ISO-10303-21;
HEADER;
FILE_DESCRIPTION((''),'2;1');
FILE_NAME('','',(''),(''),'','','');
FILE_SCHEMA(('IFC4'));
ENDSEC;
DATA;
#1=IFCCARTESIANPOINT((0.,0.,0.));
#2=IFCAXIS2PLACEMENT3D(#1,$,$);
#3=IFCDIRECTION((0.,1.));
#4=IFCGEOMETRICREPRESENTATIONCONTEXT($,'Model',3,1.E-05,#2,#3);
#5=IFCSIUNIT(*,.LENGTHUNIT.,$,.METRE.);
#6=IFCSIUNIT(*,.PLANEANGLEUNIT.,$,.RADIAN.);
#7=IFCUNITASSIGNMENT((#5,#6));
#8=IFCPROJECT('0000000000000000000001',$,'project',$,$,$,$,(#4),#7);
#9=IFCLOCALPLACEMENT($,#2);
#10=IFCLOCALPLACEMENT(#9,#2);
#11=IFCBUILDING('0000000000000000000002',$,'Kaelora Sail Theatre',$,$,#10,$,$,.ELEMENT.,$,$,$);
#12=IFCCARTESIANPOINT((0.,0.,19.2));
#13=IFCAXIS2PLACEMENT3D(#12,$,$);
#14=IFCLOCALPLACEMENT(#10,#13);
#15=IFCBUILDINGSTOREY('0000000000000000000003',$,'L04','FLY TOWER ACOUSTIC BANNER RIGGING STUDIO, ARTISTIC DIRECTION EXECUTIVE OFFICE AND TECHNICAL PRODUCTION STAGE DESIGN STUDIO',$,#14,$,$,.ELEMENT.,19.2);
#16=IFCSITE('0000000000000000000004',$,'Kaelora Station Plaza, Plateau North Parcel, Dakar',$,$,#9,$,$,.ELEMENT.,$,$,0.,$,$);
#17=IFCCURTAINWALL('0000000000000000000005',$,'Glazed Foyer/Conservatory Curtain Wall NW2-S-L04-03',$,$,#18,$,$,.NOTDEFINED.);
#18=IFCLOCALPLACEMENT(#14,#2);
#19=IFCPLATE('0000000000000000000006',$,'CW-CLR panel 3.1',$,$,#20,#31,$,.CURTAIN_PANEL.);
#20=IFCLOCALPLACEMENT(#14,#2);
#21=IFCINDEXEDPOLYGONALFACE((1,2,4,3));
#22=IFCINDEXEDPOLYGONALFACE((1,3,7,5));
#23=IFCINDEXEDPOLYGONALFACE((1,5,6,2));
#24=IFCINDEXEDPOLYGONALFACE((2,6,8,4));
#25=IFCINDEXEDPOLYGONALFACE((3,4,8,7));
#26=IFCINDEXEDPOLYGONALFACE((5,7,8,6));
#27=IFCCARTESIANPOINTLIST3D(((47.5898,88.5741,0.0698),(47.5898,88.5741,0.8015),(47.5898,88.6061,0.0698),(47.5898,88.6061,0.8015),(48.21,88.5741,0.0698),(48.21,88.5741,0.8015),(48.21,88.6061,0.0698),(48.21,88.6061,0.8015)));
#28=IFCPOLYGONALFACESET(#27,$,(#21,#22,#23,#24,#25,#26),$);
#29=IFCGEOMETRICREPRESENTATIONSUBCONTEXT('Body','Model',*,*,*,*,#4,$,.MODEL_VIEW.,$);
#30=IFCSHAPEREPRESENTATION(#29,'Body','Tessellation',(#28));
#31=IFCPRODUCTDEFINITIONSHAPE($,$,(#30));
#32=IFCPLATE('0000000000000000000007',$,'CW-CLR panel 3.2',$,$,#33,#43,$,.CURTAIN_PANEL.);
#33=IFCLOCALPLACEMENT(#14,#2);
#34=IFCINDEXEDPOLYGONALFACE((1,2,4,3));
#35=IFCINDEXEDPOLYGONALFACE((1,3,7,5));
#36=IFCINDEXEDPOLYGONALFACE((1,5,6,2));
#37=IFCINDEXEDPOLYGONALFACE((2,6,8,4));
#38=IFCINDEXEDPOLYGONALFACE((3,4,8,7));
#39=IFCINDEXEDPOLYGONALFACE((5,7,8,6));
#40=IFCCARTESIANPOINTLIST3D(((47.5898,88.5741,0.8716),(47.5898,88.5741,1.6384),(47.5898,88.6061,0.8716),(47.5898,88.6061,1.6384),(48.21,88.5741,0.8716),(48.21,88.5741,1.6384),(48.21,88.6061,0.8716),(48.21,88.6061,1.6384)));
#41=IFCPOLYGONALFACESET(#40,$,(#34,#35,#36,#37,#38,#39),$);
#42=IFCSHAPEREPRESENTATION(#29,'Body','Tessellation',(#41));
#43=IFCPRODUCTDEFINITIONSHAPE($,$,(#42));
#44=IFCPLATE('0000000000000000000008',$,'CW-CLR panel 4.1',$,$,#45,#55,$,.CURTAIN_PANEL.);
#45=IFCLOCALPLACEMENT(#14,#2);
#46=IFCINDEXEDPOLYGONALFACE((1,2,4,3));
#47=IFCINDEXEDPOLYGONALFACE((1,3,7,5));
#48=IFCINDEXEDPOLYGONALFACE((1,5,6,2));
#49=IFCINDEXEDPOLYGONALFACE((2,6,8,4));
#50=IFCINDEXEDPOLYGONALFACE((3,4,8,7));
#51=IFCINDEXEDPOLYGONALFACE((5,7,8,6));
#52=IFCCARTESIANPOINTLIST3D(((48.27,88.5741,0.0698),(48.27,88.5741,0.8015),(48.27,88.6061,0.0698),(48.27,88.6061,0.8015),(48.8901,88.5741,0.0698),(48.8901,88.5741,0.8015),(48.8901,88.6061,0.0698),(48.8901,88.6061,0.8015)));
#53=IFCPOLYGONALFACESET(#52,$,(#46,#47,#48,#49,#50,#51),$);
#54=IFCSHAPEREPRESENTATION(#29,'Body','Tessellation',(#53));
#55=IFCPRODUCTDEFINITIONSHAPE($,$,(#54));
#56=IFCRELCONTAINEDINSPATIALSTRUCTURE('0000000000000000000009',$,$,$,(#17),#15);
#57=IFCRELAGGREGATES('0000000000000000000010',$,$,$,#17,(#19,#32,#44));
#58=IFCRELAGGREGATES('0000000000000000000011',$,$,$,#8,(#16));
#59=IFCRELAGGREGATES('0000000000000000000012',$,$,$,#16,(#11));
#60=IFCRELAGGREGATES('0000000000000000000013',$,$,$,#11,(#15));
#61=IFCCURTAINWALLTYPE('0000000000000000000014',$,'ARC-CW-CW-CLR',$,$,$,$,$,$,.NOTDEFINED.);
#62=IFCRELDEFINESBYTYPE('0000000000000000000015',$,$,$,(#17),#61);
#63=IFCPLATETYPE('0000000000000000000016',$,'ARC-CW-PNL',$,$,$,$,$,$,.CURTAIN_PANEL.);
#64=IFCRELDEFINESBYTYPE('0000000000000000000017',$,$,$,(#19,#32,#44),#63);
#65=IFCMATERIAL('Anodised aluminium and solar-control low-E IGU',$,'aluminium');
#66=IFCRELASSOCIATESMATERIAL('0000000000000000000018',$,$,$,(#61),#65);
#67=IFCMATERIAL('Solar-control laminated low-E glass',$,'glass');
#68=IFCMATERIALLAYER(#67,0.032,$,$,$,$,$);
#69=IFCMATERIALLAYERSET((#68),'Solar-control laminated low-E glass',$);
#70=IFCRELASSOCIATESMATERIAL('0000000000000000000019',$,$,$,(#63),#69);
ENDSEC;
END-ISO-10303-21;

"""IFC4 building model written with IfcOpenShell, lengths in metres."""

from ifc_helpers import new_model, si_unit, direction, frame, origin, origin_2d, place, context, subcontext, project, spatial, rectangle, extrude, material, layer, layer_set, type_object, element, aggregate, save


model = new_model("IFC4")

# Units and contexts
model_context = context("Model", 3, precision=1e-05, world=origin(), true_north=direction((0.0, 1.0)))
body_context = subcontext(model_context, "Body", "Model", "MODEL_VIEW")
ifc_project = project(units=[si_unit("LENGTHUNIT", "METRE"), si_unit("PLANEANGLEUNIT", "RADIAN")], contexts=[model_context])

# Site, building, storey
site_placement = place(None, origin())
site = spatial("IfcSite", under=ifc_project, at=site_placement, Name="Kaelora Station Plaza, Plateau North Parcel, Dakar", CompositionType="ELEMENT", RefElevation=0.0)
building_placement = place(site_placement, origin())
building = spatial("IfcBuilding", under=site, at=building_placement, Name="Kaelora Sail Theatre", CompositionType="ELEMENT")
storey_placement = place(building_placement, frame((0.0, 0.0, 19.2)))
storey = spatial("IfcBuildingStorey", under=building, at=storey_placement, Name="L04", Description="FLY TOWER ACOUSTIC BANNER RIGGING STUDIO, ARTISTIC DIRECTION EXECUTIVE OFFICE AND TECHNICAL PRODUCTION STAGE DESIGN STUDIO", CompositionType="ELEMENT", Elevation=19.2)

# Curtain wall, plates
ifc_material_1 = material(Name="Anodised aluminium and solar-control low-E IGU", Category="aluminium")
curtain_wall_type = type_object("IfcCurtainWallType", Name="ARC-CW-CW-CLR", PredefinedType="NOTDEFINED", material=ifc_material_1)
curtain_wall_placement = place(storey_placement, origin())
curtain_wall = element("IfcCurtainWall", 1, at=curtain_wall_placement, inside=storey, type_object=curtain_wall_type, Name="Glazed Foyer/Conservatory Curtain Wall NW2-S-L04-03", PredefinedType="NOTDEFINED")
ifc_material_2 = material(Name="Solar-control laminated low-E glass", Category="glass")
ifc_layer = layer(ifc_material_2, 0.032)
ifc_layer_set = layer_set([ifc_layer], Name="Solar-control laminated low-E glass")
plate_type = type_object("IfcPlateType", Name="ARC-CW-PNL", PredefinedType="CURTAIN_PANEL", material=ifc_layer_set)
plate_1_placement = place(storey_placement, frame((47.8999, 88.5901, 0.0698), z_axis=(0.0, 0.0, 1.0), x_axis=(1.0, 0.0, 0.0)))
plate_1 = element("IfcPlate", 2, at=plate_1_placement, type_object=plate_type, Name="CW-CLR panel 3.1", PredefinedType="CURTAIN_PANEL", context=body_context, shape_type="SweptSolid", body=[
    extrude(rectangle(XDim=0.6201, YDim=0.032, at=origin_2d()), origin(), (0.0, 0.0, 1.0), 0.7317),
])
plate_2_placement = place(storey_placement, frame((47.8999, 88.5901, 0.8716), z_axis=(0.0, 0.0, 1.0), x_axis=(1.0, 0.0, 0.0)))
plate_2 = element("IfcPlate", 3, at=plate_2_placement, type_object=plate_type, Name="CW-CLR panel 3.2", PredefinedType="CURTAIN_PANEL", context=body_context, shape_type="SweptSolid", body=[
    extrude(rectangle(XDim=0.6201, YDim=0.032, at=origin_2d()), origin(), (0.0, 0.0, 1.0), 0.7668),
])
plate_3_placement = place(storey_placement, frame((48.5801, 88.5901, 0.0698), z_axis=(0.0, 0.0, 1.0), x_axis=(1.0, 0.0, 0.0)))
plate_3 = element("IfcPlate", 4, at=plate_3_placement, type_object=plate_type, Name="CW-CLR panel 4.1", PredefinedType="CURTAIN_PANEL", context=body_context, shape_type="SweptSolid", body=[
    extrude(rectangle(XDim=0.6201, YDim=0.032, at=origin_2d()), origin(), (0.0, 0.0, 1.0), 0.7317),
])
aggregate(curtain_wall, [plate_1, plate_2, plate_3])

save(model, "model.ifc")
